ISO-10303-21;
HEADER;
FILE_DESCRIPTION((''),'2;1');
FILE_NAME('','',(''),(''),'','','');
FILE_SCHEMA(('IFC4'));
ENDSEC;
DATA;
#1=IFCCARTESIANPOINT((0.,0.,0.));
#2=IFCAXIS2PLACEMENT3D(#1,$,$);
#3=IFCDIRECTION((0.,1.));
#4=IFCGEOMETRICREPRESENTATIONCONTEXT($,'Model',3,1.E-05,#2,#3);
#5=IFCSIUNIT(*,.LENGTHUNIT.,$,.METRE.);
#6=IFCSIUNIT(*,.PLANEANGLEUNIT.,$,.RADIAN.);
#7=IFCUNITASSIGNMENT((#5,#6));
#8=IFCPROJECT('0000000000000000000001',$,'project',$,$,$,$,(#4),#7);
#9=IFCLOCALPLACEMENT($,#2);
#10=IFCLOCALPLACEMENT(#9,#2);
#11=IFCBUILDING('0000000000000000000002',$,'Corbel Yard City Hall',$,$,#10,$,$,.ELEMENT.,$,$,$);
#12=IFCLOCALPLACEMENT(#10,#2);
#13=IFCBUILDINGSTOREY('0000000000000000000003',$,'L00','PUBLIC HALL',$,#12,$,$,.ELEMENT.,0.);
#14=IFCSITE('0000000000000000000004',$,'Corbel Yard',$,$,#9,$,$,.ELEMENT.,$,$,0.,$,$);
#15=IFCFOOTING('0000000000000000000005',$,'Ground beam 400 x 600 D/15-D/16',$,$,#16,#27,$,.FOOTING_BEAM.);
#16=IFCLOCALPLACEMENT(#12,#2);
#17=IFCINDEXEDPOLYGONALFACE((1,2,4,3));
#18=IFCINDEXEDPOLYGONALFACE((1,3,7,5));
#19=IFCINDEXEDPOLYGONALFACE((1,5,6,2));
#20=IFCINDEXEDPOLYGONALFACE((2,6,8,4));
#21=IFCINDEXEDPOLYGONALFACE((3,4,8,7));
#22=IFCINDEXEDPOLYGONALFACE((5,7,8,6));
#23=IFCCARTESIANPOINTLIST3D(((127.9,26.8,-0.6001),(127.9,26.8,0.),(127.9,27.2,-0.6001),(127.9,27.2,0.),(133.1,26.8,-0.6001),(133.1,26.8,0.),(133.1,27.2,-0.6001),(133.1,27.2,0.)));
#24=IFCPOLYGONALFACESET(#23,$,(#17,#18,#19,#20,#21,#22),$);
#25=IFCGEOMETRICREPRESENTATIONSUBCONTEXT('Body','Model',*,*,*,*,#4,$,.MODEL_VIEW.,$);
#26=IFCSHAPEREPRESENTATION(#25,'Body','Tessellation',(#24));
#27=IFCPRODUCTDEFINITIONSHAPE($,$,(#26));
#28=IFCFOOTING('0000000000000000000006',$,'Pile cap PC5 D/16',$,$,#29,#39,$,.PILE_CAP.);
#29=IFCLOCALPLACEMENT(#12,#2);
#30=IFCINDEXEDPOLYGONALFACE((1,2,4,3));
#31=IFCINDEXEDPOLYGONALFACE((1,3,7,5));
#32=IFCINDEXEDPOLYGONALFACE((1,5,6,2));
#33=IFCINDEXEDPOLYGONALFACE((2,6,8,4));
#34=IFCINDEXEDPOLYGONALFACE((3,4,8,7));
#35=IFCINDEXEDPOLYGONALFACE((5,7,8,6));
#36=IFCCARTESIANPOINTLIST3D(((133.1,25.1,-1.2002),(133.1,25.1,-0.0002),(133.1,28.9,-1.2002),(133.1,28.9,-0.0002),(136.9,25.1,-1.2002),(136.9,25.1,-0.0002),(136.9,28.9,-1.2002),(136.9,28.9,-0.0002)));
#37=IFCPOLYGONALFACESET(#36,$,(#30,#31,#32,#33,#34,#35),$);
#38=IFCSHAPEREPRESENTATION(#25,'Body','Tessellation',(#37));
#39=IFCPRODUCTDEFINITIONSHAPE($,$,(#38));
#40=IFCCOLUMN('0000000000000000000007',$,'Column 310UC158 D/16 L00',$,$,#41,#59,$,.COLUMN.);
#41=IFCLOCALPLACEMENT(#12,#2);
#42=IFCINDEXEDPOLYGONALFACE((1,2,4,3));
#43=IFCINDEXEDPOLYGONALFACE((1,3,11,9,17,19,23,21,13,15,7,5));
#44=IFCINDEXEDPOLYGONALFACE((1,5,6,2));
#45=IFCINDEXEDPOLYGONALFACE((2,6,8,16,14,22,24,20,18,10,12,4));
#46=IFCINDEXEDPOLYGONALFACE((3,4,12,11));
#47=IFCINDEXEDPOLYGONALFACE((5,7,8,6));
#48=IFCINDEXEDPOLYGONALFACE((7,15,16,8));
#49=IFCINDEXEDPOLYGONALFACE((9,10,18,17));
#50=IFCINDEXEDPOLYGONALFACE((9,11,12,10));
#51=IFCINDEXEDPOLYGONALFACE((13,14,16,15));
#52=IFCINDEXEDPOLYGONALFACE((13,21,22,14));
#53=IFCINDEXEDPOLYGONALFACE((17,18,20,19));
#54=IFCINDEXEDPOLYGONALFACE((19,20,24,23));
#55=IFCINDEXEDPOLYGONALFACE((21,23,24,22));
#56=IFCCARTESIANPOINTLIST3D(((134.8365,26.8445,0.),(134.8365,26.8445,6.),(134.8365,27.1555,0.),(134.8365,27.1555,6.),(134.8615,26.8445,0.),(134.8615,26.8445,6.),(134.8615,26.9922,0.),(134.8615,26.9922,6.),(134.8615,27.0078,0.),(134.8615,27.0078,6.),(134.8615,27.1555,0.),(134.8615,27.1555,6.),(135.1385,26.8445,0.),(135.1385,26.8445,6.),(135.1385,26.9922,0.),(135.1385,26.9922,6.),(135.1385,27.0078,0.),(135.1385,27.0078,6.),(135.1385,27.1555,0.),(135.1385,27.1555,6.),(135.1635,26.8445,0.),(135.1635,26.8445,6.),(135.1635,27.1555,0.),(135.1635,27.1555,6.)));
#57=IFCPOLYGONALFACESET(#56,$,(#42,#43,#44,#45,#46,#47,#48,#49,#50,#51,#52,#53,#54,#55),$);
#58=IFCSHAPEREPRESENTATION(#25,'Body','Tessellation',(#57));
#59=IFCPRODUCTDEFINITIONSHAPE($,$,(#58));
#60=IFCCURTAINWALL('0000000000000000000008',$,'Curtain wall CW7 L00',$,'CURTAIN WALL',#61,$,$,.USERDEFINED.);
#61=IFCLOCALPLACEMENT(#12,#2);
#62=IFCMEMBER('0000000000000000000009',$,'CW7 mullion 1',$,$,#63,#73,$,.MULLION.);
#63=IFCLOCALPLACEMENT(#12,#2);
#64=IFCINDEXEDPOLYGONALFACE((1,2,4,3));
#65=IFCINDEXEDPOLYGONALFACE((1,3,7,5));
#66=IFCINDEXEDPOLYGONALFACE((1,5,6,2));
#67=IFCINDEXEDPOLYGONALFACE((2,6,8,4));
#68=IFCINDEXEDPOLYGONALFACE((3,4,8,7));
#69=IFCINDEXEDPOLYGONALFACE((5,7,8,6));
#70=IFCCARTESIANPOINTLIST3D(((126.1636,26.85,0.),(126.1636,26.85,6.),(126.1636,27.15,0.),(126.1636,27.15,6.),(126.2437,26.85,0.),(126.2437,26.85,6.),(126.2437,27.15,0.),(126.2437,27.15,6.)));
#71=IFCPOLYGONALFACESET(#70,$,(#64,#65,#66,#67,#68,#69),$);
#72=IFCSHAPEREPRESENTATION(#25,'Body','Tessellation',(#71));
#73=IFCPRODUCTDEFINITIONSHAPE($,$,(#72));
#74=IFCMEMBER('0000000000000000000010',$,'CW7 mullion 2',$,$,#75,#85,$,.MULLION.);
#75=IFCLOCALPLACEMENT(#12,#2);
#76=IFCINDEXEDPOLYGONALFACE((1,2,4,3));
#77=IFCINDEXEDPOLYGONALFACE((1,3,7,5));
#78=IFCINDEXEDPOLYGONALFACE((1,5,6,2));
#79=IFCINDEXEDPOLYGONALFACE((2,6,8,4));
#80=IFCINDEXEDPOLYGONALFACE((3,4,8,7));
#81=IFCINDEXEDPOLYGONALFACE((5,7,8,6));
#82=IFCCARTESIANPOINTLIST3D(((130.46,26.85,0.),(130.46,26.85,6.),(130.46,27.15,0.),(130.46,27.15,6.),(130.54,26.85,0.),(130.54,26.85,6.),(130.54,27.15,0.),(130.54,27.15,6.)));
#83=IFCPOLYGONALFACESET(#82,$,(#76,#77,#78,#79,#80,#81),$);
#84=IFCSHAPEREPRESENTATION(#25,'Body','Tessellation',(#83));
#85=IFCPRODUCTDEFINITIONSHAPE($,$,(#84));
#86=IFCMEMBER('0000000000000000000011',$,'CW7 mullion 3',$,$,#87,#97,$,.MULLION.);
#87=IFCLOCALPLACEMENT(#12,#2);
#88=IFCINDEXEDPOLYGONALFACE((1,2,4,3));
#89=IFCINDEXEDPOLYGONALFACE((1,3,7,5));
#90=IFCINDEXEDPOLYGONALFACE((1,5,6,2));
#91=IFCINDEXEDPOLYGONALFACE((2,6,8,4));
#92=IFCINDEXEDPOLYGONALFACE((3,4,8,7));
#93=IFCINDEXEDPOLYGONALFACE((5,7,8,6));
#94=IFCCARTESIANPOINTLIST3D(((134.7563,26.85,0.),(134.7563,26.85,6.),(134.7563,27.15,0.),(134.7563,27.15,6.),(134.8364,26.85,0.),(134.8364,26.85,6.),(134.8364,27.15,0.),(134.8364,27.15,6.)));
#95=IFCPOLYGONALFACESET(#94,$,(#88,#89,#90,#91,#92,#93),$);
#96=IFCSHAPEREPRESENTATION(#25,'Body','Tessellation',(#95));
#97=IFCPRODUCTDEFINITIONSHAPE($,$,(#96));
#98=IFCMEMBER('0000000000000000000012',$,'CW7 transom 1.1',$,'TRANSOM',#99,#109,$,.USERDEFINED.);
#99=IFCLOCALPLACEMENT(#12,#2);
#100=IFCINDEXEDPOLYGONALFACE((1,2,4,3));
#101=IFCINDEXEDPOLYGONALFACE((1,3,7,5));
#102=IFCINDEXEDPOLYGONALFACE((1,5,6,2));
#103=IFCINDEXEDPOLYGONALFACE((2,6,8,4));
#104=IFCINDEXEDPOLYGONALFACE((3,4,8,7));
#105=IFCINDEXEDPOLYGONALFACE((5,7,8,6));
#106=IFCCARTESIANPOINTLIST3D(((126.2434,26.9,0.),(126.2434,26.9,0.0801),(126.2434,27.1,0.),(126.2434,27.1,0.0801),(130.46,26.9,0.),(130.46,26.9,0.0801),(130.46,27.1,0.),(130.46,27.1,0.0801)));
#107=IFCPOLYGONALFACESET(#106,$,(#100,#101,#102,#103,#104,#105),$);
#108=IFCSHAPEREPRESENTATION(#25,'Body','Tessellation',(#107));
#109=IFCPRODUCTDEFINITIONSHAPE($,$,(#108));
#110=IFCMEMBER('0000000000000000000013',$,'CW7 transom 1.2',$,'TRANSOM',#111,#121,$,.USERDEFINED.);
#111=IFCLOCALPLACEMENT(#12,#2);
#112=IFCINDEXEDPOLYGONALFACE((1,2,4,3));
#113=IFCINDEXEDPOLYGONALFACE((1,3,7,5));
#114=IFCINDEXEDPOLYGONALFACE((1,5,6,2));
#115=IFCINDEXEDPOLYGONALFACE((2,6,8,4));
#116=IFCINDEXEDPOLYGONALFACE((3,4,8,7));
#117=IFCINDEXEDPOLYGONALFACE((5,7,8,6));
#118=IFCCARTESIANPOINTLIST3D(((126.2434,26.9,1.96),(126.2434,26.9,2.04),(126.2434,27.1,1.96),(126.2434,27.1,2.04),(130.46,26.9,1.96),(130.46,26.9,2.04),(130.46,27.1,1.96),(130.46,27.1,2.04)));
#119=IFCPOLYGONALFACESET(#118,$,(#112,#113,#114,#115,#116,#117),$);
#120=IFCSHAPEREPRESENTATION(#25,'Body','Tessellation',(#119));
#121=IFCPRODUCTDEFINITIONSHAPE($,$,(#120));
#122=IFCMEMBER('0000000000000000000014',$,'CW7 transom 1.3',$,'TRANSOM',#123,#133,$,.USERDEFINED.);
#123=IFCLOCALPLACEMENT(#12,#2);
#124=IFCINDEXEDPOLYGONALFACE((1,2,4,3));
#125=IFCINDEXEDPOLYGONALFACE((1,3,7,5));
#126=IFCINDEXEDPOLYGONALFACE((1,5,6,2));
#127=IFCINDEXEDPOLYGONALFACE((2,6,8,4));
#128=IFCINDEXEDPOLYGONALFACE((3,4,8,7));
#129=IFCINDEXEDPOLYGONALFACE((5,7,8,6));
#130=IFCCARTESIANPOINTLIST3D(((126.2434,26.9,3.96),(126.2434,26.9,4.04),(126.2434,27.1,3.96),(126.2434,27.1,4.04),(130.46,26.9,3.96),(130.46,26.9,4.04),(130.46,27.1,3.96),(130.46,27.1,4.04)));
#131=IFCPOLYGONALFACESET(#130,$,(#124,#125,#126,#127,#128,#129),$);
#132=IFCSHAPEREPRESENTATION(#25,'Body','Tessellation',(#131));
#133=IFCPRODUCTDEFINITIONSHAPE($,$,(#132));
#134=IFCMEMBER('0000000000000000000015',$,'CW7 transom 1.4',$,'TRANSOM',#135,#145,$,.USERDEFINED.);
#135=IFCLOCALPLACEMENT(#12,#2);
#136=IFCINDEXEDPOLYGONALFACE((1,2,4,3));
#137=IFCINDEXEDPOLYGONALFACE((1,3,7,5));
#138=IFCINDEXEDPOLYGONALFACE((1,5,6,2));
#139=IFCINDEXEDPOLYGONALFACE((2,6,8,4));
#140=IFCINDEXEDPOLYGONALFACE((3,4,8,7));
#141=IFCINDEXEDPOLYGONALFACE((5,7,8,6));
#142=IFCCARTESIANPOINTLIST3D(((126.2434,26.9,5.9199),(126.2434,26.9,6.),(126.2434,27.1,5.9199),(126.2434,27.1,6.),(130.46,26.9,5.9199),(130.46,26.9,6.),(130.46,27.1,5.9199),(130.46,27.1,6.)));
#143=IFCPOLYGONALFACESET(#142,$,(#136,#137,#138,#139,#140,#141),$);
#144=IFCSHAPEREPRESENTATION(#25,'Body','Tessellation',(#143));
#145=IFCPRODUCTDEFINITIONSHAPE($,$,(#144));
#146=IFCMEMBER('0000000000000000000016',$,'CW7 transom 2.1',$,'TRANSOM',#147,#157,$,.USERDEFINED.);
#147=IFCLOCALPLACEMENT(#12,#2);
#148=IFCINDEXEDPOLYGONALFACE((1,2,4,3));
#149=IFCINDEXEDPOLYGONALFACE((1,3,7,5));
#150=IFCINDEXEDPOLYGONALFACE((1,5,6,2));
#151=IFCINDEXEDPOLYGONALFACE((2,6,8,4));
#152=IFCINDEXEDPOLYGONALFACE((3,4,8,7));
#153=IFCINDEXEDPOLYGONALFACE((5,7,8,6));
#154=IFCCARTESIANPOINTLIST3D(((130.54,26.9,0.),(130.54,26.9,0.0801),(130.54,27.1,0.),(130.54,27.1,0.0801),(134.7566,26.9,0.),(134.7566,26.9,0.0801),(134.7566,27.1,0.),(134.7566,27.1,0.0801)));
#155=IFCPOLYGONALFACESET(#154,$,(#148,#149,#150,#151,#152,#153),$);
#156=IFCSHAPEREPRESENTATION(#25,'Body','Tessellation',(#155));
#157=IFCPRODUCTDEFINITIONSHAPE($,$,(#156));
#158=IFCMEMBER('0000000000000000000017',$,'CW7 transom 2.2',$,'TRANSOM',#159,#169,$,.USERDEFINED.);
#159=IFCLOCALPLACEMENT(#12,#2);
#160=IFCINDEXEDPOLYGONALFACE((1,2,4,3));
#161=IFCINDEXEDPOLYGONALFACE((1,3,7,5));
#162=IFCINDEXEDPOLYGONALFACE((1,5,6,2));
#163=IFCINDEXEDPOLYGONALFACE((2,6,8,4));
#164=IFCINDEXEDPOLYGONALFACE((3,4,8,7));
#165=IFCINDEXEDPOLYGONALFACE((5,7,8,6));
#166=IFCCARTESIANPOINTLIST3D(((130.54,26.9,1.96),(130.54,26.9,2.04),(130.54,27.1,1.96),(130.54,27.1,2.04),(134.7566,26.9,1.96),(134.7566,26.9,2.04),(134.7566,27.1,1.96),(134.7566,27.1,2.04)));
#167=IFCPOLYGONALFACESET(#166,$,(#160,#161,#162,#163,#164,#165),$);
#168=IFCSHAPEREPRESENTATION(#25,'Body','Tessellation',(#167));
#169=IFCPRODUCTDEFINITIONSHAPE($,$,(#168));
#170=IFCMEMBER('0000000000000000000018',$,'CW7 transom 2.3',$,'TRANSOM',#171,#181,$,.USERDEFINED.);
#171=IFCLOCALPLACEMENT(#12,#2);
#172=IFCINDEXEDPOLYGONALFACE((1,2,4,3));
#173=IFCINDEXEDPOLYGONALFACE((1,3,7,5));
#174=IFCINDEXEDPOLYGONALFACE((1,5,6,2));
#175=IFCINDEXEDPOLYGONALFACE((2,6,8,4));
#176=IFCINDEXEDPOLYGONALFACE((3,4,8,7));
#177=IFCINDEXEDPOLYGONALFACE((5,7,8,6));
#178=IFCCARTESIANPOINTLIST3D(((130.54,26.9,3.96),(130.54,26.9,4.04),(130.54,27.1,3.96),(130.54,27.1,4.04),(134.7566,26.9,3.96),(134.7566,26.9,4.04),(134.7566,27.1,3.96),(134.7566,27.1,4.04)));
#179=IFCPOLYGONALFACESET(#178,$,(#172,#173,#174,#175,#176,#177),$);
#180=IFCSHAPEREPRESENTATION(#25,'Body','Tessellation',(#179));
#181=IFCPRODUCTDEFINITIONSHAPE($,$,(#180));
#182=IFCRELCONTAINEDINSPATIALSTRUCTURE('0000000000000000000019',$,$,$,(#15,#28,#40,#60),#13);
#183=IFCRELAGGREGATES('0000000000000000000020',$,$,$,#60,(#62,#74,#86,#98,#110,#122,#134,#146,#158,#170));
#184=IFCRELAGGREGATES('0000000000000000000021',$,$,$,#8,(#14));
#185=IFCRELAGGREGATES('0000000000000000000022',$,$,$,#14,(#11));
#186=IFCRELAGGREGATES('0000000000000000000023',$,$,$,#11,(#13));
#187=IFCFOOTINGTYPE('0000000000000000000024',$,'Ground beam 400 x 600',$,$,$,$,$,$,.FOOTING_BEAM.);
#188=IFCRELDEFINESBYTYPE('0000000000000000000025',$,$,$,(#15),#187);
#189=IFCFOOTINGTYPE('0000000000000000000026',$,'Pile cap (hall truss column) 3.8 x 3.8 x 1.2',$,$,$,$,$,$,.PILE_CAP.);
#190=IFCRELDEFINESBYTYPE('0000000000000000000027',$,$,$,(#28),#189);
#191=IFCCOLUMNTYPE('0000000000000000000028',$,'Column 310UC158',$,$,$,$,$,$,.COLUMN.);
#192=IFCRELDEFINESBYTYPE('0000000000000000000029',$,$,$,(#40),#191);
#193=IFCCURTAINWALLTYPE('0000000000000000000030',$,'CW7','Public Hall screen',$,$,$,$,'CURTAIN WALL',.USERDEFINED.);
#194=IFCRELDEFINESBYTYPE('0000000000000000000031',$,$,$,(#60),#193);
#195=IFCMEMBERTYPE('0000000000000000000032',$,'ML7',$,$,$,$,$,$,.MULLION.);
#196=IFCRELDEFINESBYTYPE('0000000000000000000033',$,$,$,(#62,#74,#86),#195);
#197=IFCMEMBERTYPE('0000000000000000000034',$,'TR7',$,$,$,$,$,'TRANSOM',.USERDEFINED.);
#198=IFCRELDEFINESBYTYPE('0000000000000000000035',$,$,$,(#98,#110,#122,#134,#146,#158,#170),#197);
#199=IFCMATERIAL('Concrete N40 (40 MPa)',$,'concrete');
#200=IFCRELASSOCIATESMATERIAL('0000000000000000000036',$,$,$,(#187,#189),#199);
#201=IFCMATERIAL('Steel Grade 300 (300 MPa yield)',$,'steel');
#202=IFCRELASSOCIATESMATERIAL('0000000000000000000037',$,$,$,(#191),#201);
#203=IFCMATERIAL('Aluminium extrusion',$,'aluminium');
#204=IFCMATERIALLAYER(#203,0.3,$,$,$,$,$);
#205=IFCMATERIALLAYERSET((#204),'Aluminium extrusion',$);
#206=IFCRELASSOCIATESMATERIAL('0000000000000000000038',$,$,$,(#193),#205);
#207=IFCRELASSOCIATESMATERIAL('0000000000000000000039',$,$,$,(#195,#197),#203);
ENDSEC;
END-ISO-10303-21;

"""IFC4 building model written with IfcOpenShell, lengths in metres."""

from ifc_helpers import new_model, si_unit, direction, frame, origin, origin_2d, place, context, subcontext, project, spatial, rectangle, i_section, extrude, material, layer, layer_set, material_profile, profile_set, type_object, element, aggregate, save


model = new_model("IFC4")

# Units and contexts
model_context = context("Model", 3, precision=1e-05, world=origin(), true_north=direction((0.0, 1.0)))
body_context = subcontext(model_context, "Body", "Model", "MODEL_VIEW")
ifc_project = project(units=[si_unit("LENGTHUNIT", "METRE"), si_unit("PLANEANGLEUNIT", "RADIAN")], contexts=[model_context])

# Site, building, storey
site_placement = place(None, origin())
site = spatial("IfcSite", under=ifc_project, at=site_placement, Name="Corbel Yard", CompositionType="ELEMENT", RefElevation=0.0)
building_placement = place(site_placement, origin())
building = spatial("IfcBuilding", under=site, at=building_placement, Name="Corbel Yard City Hall", CompositionType="ELEMENT")
storey_placement = place(building_placement, origin())
storey = spatial("IfcBuildingStorey", under=building, at=storey_placement, Name="L00", Description="PUBLIC HALL", CompositionType="ELEMENT", Elevation=0.0)

# Footings
ifc_material_1 = material(Name="Concrete N40 (40 MPa)", Category="concrete")
footing_type_1 = type_object("IfcFootingType", Name="Ground beam 400 x 600", PredefinedType="FOOTING_BEAM", material=ifc_material_1)
footing_1_placement = place(storey_placement, frame((130.5, 27.0, -0.6001), z_axis=(0.0, 0.0, 1.0), x_axis=(1.0, 0.0, 0.0)))
element("IfcFooting", 1, at=footing_1_placement, inside=storey, type_object=footing_type_1, Name="Ground beam 400 x 600 D/15-D/16", PredefinedType="FOOTING_BEAM", context=body_context, shape_type="SweptSolid", body=[
    extrude(rectangle(XDim=5.2, YDim=0.3999, at=origin_2d()), origin(), (0.0, 0.0, 1.0), 0.6001),
])
footing_type_2 = type_object("IfcFootingType", Name="Pile cap (hall truss column) 3.8 x 3.8 x 1.2", PredefinedType="PILE_CAP", material=ifc_material_1)
footing_2_placement = place(storey_placement, frame((135.0, 27.0, -1.2002), z_axis=(0.0, 0.0, 1.0), x_axis=(1.0, 0.0, 0.0)))
element("IfcFooting", 2, at=footing_2_placement, inside=storey, type_object=footing_type_2, Name="Pile cap PC5 D/16", PredefinedType="PILE_CAP", context=body_context, shape_type="SweptSolid", body=[
    extrude(rectangle(XDim=3.8, YDim=3.8, at=origin_2d()), origin(), (0.0, 0.0, 1.0), 1.2),
])

# Column
ifc_material_2 = material(Name="Steel Grade 300 (300 MPa yield)", Category="steel")
ifc_material_profile_1 = material_profile(ifc_material_2, i_section(OverallWidth=0.311, OverallDepth=0.3269, WebThickness=0.0156, FlangeThickness=0.0249, at=origin_2d()), Name="310UC158")
ifc_profile_set_1 = profile_set([ifc_material_profile_1], Name="Steel Grade 300 (300 MPa yield)")
column_type = type_object("IfcColumnType", Name="Column 310UC158", PredefinedType="COLUMN", material=ifc_profile_set_1)
column_placement = place(storey_placement, frame((135.0, 27.0, 0.0), z_axis=(0.0, 0.0, 1.0), x_axis=(0.0, 1.0, 0.0)))
element("IfcColumn", 3, at=column_placement, inside=storey, type_object=column_type, Name="Column 310UC158 D/16 L00", PredefinedType="COLUMN", context=body_context, shape_type="SweptSolid", body=[
    extrude(i_section(OverallWidth=0.311, OverallDepth=0.3269, WebThickness=0.0156, FlangeThickness=0.0249, at=origin_2d()), origin(), (0.0, 0.0, 1.0), 6.0),
])

# Curtain wall, members
ifc_material_3 = material(Name="Aluminium extrusion", Category="aluminium")
ifc_layer_1 = layer(ifc_material_3, 0.3)
ifc_layer_set_1 = layer_set([ifc_layer_1], Name="Aluminium extrusion")
curtain_wall_type = type_object("IfcCurtainWallType", Name="CW7", Description="Public Hall screen", ElementType="CURTAIN WALL", PredefinedType="USERDEFINED", material=ifc_layer_set_1)
curtain_wall_placement = place(storey_placement, origin())
curtain_wall = element("IfcCurtainWall", 4, at=curtain_wall_placement, inside=storey, type_object=curtain_wall_type, Name="Curtain wall CW7 L00", ObjectType="CURTAIN WALL", PredefinedType="USERDEFINED")
ifc_material_profile_2 = material_profile(ifc_material_3, rectangle(XDim=0.3, YDim=0.0801, at=origin_2d()), Name="300x80")
ifc_profile_set_2 = profile_set([ifc_material_profile_2], Name="Aluminium extrusion")
member_type_1 = type_object("IfcMemberType", Name="ML7", PredefinedType="MULLION", material=ifc_profile_set_2)
member_1_placement = place(storey_placement, frame((126.2036, 27.0, 0.0), z_axis=(0.0, 0.0, 1.0), x_axis=(0.0, 1.0, 0.0)))
member_1 = element("IfcMember", 5, at=member_1_placement, type_object=member_type_1, Name="CW7 mullion 1", PredefinedType="MULLION", context=body_context, shape_type="SweptSolid", body=[
    extrude(rectangle(XDim=0.3, YDim=0.0801, at=origin_2d()), origin(), (0.0, 0.0, 1.0), 6.0),
])
member_2_placement = place(storey_placement, frame((130.5, 27.0, 0.0), z_axis=(0.0, 0.0, 1.0), x_axis=(0.0, 1.0, 0.0)))
member_2 = element("IfcMember", 6, at=member_2_placement, type_object=member_type_1, Name="CW7 mullion 2", PredefinedType="MULLION", context=body_context, shape_type="SweptSolid", body=[
    extrude(rectangle(XDim=0.3, YDim=0.0801, at=origin_2d()), origin(), (0.0, 0.0, 1.0), 6.0),
])
member_3_placement = place(storey_placement, frame((134.7964, 27.0, 0.0), z_axis=(0.0, 0.0, 1.0), x_axis=(0.0, 1.0, 0.0)))
member_3 = element("IfcMember", 7, at=member_3_placement, type_object=member_type_1, Name="CW7 mullion 3", PredefinedType="MULLION", context=body_context, shape_type="SweptSolid", body=[
    extrude(rectangle(XDim=0.3, YDim=0.0801, at=origin_2d()), origin(), (0.0, 0.0, 1.0), 6.0),
])
ifc_material_profile_3 = material_profile(ifc_material_3, rectangle(XDim=0.2, YDim=0.0801, at=origin_2d()), Name="200x80")
ifc_profile_set_3 = profile_set([ifc_material_profile_3], Name="Aluminium extrusion")
member_type_2 = type_object("IfcMemberType", Name="TR7", ElementType="TRANSOM", PredefinedType="USERDEFINED", material=ifc_profile_set_3)
member_4_placement = place(storey_placement, frame((126.2434, 27.0, 0.04), z_axis=(1.0, 0.0, 0.0), x_axis=(0.0, 1.0, 0.0)))
member_4 = element("IfcMember", 8, at=member_4_placement, type_object=member_type_2, Name="CW7 transom 1.1", ObjectType="TRANSOM", PredefinedType="USERDEFINED", context=body_context, shape_type="SweptSolid", body=[
    extrude(rectangle(XDim=0.2, YDim=0.0801, at=origin_2d()), origin(), (0.0, 0.0, 1.0), 4.2166),
])
member_5_placement = place(storey_placement, frame((126.2434, 27.0, 2.0), z_axis=(1.0, 0.0, 0.0), x_axis=(0.0, 1.0, 0.0)))
member_5 = element("IfcMember", 9, at=member_5_placement, type_object=member_type_2, Name="CW7 transom 1.2", ObjectType="TRANSOM", PredefinedType="USERDEFINED", context=body_context, shape_type="SweptSolid", body=[
    extrude(rectangle(XDim=0.2, YDim=0.0801, at=origin_2d()), origin(), (0.0, 0.0, 1.0), 4.2166),
])
member_6_placement = place(storey_placement, frame((126.2434, 27.0, 4.0), z_axis=(1.0, 0.0, 0.0), x_axis=(0.0, 1.0, 0.0)))
member_6 = element("IfcMember", 10, at=member_6_placement, type_object=member_type_2, Name="CW7 transom 1.3", ObjectType="TRANSOM", PredefinedType="USERDEFINED", context=body_context, shape_type="SweptSolid", body=[
    extrude(rectangle(XDim=0.2, YDim=0.0801, at=origin_2d()), origin(), (0.0, 0.0, 1.0), 4.2166),
])
member_7_placement = place(storey_placement, frame((126.2434, 27.0, 5.96), z_axis=(1.0, 0.0, 0.0), x_axis=(0.0, 1.0, 0.0)))
member_7 = element("IfcMember", 11, at=member_7_placement, type_object=member_type_2, Name="CW7 transom 1.4", ObjectType="TRANSOM", PredefinedType="USERDEFINED", context=body_context, shape_type="SweptSolid", body=[
    extrude(rectangle(XDim=0.2, YDim=0.0801, at=origin_2d()), origin(), (0.0, 0.0, 1.0), 4.2166),
])
member_8_placement = place(storey_placement, frame((130.54, 27.0, 0.04), z_axis=(1.0, 0.0, 0.0), x_axis=(0.0, 1.0, 0.0)))
member_8 = element("IfcMember", 12, at=member_8_placement, type_object=member_type_2, Name="CW7 transom 2.1", ObjectType="TRANSOM", PredefinedType="USERDEFINED", context=body_context, shape_type="SweptSolid", body=[
    extrude(rectangle(XDim=0.2, YDim=0.0801, at=origin_2d()), origin(), (0.0, 0.0, 1.0), 4.2166),
])
member_9_placement = place(storey_placement, frame((130.54, 27.0, 2.0), z_axis=(1.0, 0.0, 0.0), x_axis=(0.0, 1.0, 0.0)))
member_9 = element("IfcMember", 13, at=member_9_placement, type_object=member_type_2, Name="CW7 transom 2.2", ObjectType="TRANSOM", PredefinedType="USERDEFINED", context=body_context, shape_type="SweptSolid", body=[
    extrude(rectangle(XDim=0.2, YDim=0.0801, at=origin_2d()), origin(), (0.0, 0.0, 1.0), 4.2166),
])
member_10_placement = place(storey_placement, frame((130.54, 27.0, 4.0), z_axis=(1.0, 0.0, 0.0), x_axis=(0.0, 1.0, 0.0)))
member_10 = element("IfcMember", 14, at=member_10_placement, type_object=member_type_2, Name="CW7 transom 2.3", ObjectType="TRANSOM", PredefinedType="USERDEFINED", context=body_context, shape_type="SweptSolid", body=[
    extrude(rectangle(XDim=0.2, YDim=0.0801, at=origin_2d()), origin(), (0.0, 0.0, 1.0), 4.2166),
])
aggregate(curtain_wall, [member_1, member_2, member_3, member_4, member_5, member_6, member_7, member_8, member_9, member_10])

save(model, "model.ifc")
